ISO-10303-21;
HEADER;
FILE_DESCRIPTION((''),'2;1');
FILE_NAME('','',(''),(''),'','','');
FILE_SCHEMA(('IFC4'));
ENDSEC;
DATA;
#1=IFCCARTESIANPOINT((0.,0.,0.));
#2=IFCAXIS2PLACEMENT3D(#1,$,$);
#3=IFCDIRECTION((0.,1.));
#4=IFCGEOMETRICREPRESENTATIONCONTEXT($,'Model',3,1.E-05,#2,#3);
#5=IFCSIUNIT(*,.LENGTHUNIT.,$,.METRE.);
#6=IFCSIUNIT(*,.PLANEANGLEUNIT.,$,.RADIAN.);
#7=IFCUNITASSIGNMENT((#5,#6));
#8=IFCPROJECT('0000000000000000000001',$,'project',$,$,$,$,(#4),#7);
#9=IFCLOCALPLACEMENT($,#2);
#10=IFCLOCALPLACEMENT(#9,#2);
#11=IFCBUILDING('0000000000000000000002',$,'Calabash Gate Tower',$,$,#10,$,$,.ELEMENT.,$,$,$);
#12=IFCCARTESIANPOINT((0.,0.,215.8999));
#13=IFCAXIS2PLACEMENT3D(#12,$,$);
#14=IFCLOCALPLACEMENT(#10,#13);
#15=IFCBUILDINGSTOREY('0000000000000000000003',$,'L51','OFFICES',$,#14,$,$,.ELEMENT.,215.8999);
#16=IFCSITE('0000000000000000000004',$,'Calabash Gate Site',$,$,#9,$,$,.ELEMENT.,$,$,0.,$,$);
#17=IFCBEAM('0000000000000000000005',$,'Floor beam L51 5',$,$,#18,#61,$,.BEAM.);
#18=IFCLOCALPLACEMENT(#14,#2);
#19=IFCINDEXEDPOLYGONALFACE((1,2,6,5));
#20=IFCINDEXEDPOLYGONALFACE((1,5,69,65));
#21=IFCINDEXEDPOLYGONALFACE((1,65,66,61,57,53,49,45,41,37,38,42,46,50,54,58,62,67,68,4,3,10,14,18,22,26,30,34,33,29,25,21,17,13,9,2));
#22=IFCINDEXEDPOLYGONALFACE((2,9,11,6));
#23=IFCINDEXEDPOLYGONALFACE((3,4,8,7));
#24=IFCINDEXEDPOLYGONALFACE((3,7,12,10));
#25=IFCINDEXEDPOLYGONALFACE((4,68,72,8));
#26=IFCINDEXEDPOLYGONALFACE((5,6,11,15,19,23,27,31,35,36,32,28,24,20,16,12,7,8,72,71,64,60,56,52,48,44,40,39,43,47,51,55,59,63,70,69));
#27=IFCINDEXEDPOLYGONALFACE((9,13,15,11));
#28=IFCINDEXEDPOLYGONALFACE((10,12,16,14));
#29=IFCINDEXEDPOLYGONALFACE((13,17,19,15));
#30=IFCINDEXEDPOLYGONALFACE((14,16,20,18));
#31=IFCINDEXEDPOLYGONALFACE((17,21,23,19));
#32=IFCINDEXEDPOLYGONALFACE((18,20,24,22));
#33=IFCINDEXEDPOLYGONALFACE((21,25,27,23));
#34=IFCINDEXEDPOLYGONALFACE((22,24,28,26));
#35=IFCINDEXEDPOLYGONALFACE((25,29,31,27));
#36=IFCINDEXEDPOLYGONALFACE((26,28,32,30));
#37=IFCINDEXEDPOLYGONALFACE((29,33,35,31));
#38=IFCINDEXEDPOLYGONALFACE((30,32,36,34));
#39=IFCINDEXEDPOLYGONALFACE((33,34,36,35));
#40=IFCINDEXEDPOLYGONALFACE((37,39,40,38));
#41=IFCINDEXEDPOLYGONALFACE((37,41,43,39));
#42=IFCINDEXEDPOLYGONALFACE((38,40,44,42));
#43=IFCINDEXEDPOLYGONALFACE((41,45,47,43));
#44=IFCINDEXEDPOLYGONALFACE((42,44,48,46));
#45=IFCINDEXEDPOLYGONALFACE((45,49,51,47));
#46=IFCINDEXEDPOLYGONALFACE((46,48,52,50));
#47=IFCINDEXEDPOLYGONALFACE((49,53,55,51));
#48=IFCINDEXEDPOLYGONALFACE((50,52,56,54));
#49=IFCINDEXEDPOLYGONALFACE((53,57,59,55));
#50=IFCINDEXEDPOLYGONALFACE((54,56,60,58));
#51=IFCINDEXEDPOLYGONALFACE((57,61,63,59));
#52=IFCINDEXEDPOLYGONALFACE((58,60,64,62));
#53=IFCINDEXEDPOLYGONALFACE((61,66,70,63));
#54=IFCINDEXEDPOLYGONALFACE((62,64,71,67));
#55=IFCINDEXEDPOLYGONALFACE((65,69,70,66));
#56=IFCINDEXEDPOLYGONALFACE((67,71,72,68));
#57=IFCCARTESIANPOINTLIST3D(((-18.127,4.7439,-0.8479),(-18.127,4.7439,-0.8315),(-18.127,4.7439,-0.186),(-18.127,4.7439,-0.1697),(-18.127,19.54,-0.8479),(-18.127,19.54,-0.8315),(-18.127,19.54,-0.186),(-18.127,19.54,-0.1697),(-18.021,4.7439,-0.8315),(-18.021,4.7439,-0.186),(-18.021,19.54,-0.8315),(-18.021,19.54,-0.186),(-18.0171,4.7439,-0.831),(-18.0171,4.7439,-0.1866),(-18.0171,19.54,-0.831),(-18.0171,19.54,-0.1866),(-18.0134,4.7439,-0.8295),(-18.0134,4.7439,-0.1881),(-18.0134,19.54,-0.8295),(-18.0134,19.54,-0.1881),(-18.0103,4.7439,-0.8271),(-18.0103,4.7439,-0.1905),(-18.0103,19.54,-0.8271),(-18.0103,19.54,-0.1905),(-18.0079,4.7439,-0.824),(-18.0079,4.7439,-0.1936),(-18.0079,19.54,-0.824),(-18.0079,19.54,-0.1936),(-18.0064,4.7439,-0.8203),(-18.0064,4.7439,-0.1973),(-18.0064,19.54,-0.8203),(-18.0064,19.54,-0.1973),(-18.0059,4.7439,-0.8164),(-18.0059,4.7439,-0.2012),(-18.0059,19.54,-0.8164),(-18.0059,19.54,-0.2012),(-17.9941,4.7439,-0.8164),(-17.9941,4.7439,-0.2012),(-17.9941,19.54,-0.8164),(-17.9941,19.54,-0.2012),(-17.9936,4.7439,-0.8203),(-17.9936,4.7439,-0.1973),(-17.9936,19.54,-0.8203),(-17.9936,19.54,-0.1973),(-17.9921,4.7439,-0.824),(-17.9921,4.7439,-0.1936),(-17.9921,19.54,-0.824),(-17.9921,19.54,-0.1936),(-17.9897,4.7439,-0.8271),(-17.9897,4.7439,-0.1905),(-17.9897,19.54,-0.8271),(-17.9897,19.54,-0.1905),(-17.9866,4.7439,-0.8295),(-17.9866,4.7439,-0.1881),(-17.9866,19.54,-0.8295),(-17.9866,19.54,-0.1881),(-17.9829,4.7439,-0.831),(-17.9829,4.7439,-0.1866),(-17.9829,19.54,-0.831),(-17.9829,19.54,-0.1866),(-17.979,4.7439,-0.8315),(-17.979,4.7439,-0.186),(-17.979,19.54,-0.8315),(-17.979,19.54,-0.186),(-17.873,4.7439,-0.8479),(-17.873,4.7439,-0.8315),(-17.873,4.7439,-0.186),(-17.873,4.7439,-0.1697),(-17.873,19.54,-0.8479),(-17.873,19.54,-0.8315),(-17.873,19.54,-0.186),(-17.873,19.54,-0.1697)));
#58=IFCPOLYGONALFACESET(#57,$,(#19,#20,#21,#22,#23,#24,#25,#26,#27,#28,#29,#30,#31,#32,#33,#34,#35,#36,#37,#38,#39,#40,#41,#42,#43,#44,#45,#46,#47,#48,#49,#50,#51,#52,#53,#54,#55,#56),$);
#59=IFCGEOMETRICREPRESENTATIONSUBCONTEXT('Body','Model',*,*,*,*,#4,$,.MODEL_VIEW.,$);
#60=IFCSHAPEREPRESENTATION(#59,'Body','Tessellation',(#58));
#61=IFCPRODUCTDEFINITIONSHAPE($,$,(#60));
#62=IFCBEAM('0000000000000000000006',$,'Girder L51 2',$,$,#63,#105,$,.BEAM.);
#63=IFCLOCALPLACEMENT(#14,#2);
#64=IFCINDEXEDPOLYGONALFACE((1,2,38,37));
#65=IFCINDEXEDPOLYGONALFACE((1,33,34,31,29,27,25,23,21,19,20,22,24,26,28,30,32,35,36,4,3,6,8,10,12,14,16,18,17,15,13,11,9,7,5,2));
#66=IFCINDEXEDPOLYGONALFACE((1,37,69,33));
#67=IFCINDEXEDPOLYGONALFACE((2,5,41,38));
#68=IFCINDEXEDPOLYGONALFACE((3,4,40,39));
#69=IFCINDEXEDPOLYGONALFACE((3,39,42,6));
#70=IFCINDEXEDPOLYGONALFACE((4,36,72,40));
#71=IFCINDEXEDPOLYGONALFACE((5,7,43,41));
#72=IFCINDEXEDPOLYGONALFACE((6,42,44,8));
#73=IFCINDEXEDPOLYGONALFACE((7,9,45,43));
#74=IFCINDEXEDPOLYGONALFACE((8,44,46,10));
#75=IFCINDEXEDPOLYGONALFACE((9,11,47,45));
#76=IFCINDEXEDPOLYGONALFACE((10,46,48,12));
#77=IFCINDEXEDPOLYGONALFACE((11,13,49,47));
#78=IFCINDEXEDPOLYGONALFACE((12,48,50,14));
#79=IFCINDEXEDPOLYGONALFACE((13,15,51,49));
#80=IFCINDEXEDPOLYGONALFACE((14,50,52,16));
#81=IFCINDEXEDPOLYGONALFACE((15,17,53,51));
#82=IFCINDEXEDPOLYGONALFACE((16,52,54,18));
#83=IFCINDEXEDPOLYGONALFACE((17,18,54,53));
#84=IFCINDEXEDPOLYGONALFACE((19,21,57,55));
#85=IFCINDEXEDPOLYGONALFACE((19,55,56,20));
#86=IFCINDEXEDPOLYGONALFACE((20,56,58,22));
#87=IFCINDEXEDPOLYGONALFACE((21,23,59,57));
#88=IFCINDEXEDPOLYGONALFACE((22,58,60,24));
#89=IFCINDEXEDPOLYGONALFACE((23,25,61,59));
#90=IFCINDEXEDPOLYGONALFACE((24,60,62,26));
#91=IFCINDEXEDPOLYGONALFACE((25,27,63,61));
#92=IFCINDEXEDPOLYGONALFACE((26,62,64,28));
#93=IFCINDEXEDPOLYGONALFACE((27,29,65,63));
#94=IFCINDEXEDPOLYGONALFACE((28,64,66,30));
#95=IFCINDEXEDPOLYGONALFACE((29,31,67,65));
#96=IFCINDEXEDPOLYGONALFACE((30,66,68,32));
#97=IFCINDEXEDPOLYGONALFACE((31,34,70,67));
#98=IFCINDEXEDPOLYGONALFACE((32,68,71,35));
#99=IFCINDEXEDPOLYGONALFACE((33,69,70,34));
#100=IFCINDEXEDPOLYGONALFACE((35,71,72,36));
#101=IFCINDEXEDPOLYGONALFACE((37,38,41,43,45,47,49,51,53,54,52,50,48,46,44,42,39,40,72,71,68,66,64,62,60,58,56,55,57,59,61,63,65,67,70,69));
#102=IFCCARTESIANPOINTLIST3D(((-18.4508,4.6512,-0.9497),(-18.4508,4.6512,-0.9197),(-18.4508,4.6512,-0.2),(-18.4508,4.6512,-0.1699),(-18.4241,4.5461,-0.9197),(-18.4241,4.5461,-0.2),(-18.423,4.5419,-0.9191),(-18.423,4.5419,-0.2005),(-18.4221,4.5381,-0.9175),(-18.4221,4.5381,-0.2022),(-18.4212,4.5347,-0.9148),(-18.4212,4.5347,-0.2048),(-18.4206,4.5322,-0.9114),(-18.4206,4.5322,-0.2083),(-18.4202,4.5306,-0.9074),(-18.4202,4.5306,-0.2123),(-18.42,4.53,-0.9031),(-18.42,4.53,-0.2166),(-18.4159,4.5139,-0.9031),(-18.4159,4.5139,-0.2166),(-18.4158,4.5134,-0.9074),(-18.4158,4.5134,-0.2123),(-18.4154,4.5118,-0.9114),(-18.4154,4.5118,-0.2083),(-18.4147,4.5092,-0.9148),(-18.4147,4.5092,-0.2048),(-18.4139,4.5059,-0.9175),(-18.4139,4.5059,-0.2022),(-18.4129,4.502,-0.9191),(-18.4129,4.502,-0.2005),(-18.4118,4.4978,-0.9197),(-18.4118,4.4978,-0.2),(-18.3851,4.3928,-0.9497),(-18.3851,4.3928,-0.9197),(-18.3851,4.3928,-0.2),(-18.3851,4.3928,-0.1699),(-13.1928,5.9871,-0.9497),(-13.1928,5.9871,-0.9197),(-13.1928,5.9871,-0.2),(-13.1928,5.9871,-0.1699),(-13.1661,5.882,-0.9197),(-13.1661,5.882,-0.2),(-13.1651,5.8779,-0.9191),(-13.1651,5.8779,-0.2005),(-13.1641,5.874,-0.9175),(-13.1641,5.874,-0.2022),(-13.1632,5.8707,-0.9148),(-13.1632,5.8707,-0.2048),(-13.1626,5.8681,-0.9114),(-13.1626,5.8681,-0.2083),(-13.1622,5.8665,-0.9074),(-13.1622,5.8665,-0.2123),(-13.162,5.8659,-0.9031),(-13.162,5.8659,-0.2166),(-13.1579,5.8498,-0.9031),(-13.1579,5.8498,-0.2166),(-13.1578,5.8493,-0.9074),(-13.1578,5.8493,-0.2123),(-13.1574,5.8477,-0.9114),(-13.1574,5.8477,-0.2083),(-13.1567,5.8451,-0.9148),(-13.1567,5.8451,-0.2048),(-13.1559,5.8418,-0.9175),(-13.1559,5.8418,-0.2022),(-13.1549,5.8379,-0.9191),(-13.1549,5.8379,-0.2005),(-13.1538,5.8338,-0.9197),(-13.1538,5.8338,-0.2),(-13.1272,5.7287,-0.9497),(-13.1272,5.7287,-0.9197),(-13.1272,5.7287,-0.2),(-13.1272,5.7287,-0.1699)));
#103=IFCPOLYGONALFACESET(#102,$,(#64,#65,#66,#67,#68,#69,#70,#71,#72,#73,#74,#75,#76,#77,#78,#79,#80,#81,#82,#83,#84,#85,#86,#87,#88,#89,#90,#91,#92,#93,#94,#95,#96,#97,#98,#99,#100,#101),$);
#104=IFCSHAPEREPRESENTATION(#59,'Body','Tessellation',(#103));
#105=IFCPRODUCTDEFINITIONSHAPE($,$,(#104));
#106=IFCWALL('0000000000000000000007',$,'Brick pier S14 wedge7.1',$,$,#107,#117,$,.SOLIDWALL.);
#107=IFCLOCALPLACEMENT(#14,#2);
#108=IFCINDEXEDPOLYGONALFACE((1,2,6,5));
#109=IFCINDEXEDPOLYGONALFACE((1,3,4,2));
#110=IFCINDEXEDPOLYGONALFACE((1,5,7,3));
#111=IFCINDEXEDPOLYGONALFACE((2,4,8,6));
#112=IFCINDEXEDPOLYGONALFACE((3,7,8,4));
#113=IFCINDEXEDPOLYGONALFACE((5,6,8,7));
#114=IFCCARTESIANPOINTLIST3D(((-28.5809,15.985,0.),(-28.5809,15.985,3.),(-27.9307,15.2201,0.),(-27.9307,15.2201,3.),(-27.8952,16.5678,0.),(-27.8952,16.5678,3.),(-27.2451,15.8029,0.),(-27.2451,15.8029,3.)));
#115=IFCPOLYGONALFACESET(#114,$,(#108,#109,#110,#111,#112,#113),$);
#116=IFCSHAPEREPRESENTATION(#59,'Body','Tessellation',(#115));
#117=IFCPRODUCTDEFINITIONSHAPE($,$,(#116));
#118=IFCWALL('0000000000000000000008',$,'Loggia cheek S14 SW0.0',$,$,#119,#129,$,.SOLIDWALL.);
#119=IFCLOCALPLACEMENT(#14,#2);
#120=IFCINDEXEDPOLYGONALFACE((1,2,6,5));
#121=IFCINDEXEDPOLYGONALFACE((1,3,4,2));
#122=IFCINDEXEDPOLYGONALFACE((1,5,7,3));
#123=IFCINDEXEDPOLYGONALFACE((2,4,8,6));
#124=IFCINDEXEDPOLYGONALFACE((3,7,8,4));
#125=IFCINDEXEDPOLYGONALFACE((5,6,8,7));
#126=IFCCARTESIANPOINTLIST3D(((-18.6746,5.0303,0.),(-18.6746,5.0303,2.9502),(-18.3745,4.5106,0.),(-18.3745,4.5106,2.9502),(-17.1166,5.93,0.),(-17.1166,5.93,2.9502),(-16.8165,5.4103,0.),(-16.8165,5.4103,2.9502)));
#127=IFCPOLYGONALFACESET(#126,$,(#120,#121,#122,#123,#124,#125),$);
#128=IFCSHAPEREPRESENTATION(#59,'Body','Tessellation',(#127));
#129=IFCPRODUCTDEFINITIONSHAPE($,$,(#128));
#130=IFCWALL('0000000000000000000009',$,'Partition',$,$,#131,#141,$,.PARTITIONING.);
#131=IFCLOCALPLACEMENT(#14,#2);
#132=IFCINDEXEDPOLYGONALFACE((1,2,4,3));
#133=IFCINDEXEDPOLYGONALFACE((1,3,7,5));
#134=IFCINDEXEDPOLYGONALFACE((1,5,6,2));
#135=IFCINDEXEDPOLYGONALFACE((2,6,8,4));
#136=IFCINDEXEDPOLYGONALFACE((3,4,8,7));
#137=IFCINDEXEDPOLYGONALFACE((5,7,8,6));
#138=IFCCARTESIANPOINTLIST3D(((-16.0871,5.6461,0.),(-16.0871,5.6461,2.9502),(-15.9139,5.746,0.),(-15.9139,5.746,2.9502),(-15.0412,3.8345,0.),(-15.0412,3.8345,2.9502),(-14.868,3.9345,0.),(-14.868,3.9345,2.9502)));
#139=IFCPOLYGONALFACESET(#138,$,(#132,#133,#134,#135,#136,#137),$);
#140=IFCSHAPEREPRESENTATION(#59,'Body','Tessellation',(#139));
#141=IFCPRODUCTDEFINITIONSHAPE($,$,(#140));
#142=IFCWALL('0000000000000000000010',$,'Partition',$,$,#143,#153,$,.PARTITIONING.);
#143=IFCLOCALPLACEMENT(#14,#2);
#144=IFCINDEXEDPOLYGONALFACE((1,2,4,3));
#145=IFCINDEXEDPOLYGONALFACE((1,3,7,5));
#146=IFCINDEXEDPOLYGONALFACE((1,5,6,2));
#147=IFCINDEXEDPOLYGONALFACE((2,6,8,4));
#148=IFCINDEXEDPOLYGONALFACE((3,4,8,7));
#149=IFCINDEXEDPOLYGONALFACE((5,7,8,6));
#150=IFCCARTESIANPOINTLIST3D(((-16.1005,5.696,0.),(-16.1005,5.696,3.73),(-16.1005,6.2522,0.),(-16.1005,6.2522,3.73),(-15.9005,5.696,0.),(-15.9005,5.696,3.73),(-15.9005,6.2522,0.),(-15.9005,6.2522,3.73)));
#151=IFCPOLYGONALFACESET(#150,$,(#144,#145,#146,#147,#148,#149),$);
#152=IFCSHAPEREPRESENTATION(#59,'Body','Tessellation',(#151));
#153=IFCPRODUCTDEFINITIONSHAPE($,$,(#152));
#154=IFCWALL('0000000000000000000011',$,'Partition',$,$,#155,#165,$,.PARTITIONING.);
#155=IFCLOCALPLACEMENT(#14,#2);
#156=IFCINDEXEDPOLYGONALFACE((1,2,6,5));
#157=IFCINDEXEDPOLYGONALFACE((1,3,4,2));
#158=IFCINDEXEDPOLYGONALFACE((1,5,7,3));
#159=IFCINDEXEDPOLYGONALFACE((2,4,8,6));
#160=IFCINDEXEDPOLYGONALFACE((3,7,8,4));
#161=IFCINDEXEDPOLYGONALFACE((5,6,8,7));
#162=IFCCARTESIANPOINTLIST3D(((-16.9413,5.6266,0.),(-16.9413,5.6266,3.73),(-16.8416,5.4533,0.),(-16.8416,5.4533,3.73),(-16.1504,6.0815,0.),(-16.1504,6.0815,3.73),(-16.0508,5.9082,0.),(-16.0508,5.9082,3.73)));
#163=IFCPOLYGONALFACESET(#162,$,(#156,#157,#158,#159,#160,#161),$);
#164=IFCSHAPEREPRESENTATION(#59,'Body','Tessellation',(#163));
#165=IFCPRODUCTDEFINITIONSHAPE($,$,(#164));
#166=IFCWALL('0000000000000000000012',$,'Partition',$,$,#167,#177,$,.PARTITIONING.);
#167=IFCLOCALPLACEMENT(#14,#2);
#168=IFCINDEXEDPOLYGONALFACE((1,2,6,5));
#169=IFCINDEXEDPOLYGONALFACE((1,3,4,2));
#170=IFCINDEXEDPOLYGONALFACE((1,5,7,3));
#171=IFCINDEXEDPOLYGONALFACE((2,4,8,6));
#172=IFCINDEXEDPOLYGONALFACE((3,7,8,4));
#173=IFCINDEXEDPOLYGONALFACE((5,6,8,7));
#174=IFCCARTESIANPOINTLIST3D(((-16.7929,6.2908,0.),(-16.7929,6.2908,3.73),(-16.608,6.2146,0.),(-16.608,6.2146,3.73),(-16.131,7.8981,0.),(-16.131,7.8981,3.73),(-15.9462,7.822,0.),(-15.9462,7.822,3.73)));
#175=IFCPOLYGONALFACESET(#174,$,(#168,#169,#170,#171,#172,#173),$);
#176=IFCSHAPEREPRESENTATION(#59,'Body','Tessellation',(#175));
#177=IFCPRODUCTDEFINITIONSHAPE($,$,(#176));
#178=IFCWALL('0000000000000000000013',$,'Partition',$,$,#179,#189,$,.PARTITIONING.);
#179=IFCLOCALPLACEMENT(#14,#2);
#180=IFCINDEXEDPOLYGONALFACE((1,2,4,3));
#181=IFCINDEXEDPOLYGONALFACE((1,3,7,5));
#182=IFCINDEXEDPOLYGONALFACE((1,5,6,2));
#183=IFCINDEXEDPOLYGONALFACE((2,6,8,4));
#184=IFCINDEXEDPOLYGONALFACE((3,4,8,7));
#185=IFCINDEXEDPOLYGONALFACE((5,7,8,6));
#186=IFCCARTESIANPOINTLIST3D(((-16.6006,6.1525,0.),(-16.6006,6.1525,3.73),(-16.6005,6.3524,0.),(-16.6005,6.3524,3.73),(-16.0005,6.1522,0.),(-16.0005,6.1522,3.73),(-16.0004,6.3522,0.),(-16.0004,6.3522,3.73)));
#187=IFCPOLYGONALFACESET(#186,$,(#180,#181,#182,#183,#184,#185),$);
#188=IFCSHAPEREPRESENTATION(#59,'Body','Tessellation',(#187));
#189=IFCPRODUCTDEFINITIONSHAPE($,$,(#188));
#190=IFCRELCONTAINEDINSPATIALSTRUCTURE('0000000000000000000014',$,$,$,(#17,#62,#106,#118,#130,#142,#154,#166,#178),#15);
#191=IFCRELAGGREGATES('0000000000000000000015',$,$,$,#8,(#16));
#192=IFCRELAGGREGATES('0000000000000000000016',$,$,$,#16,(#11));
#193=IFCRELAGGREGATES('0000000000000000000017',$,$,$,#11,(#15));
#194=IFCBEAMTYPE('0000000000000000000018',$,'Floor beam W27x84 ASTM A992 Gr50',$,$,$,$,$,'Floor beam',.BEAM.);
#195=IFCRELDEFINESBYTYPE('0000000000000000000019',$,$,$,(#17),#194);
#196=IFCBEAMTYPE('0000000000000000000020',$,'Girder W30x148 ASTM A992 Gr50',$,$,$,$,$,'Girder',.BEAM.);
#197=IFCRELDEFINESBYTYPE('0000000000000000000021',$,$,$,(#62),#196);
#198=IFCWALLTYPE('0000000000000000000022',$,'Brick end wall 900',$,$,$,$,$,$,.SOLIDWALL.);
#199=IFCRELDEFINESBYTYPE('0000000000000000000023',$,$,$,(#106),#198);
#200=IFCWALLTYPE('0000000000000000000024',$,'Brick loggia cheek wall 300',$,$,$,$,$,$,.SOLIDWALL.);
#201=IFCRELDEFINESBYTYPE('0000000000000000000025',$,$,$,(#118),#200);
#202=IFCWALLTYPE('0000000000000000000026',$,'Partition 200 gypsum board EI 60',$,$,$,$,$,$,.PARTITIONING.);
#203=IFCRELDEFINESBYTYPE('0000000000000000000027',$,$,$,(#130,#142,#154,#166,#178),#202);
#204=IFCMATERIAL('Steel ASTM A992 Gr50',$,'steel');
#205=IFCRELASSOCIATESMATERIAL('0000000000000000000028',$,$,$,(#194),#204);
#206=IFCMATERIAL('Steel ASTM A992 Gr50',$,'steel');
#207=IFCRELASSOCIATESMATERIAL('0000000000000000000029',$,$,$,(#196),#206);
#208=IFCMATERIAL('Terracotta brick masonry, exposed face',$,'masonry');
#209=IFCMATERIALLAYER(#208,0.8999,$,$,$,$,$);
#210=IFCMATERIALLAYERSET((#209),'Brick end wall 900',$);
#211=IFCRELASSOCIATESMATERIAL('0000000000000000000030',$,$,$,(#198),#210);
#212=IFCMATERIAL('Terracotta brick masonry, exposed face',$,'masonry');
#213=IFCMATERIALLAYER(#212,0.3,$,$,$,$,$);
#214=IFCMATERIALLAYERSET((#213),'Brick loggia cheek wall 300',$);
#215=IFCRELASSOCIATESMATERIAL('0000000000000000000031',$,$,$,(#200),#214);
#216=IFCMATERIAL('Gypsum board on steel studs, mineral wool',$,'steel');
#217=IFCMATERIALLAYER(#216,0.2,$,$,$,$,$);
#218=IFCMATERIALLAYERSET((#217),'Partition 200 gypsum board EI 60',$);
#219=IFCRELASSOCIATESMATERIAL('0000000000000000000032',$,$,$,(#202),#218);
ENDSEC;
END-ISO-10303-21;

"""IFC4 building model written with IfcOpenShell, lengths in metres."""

from ifc_helpers import new_model, si_unit, direction, frame, frame_2d, origin, origin_2d, place, context, subcontext, project, spatial, rectangle, i_section, extrude, material, layer, layer_set, material_profile, profile_set, type_object, element, save


model = new_model("IFC4")

# Units and contexts
model_context = context("Model", 3, precision=1e-05, world=origin(), true_north=direction((0.0, 1.0)))
body_context = subcontext(model_context, "Body", "Model", "MODEL_VIEW")
ifc_project = project(units=[si_unit("LENGTHUNIT", "METRE"), si_unit("PLANEANGLEUNIT", "RADIAN")], contexts=[model_context])

# Site, building, storey
site_placement = place(None, origin())
site = spatial("IfcSite", under=ifc_project, at=site_placement, Name="Calabash Gate Site", CompositionType="ELEMENT", RefElevation=0.0)
building_placement = place(site_placement, origin())
building = spatial("IfcBuilding", under=site, at=building_placement, Name="Calabash Gate Tower", CompositionType="ELEMENT")
storey_placement = place(building_placement, frame((0.0, 0.0, 215.8999)))
storey = spatial("IfcBuildingStorey", under=building, at=storey_placement, Name="L51", Description="OFFICES", CompositionType="ELEMENT", Elevation=215.8999)

# Beams
ifc_material_1 = material(Name="Steel ASTM A992 Gr50", Category="steel")
ifc_material_profile_1 = material_profile(ifc_material_1, i_section(OverallWidth=0.2539, OverallDepth=0.6782, WebThickness=0.0117, FlangeThickness=0.0164, FilletRadius=0.0151, at=origin_2d()))
ifc_profile_set_1 = profile_set([ifc_material_profile_1], Name="Steel ASTM A992 Gr50")
beam_type_1 = type_object("IfcBeamType", Name="Floor beam W27x84 ASTM A992 Gr50", ElementType="Floor beam", PredefinedType="BEAM", material=ifc_profile_set_1)
beam_1_placement = place(storey_placement, frame((-18.0, 4.7439, -0.5088), z_axis=(0.0, 1.0, 0.0), x_axis=(-1.0, 0.0, 0.0)))
element("IfcBeam", 1, at=beam_1_placement, inside=storey, type_object=beam_type_1, Name="Floor beam L51 5", PredefinedType="BEAM", context=body_context, shape_type="SweptSolid", body=[
    extrude(i_section(OverallWidth=0.2539, OverallDepth=0.6782, WebThickness=0.0117, FlangeThickness=0.0164, FilletRadius=0.0151, at=origin_2d()), origin(), (0.0, 0.0, 1.0), 14.7961),
])
ifc_material_2 = material(Name="Steel ASTM A992 Gr50", Category="steel")
ifc_material_profile_2 = material_profile(ifc_material_2, i_section(OverallWidth=0.2666, OverallDepth=0.7798, WebThickness=0.0166, FlangeThickness=0.03, FilletRadius=0.0166, at=origin_2d()))
ifc_profile_set_2 = profile_set([ifc_material_profile_2], Name="Steel ASTM A992 Gr50")
beam_type_2 = type_object("IfcBeamType", Name="Girder W30x148 ASTM A992 Gr50", ElementType="Girder", PredefinedType="BEAM", material=ifc_profile_set_2)
beam_2_placement = place(storey_placement, frame((-18.418, 4.522, -0.5598), z_axis=(0.969206, 0.24625, 0.0), x_axis=(-0.24625, 0.969206, 0.0)))
element("IfcBeam", 2, at=beam_2_placement, inside=storey, type_object=beam_type_2, Name="Girder L51 2", PredefinedType="BEAM", context=body_context, shape_type="SweptSolid", body=[
    extrude(i_section(OverallWidth=0.2666, OverallDepth=0.7798, WebThickness=0.0166, FlangeThickness=0.03, FilletRadius=0.0166, at=origin_2d()), origin(), (0.0, 0.0, 1.0), 5.425),
])

# Walls
ifc_material_3 = material(Name="Terracotta brick masonry, exposed face", Category="masonry")
ifc_layer_1 = layer(ifc_material_3, 0.8999)
ifc_layer_set_1 = layer_set([ifc_layer_1], Name="Brick end wall 900")
wall_type_1 = type_object("IfcWallType", Name="Brick end wall 900", PredefinedType="SOLIDWALL", material=ifc_layer_set_1)
wall_1_placement = place(storey_placement, frame((-27.5879, 15.5115, 0.0), z_axis=(0.0, 0.0, 1.0), x_axis=(-0.647641, 0.761945, 0.0)))
element("IfcWall", 3, at=wall_1_placement, inside=storey, type_object=wall_type_1, Name="Brick pier S14 wedge7.1", PredefinedType="SOLIDWALL", context=body_context, shape_type="SweptSolid", body=[
    extrude(rectangle(XDim=1.0039, YDim=0.8999, at=frame_2d((0.502, 0.0))), origin(), (0.0, 0.0, 1.0), 3.0),
])
ifc_material_4 = material(Name="Terracotta brick masonry, exposed face", Category="masonry")
ifc_layer_2 = layer(ifc_material_4, 0.3)
ifc_layer_set_2 = layer_set([ifc_layer_2], Name="Brick loggia cheek wall 300")
wall_type_2 = type_object("IfcWallType", Name="Brick loggia cheek wall 300", PredefinedType="SOLIDWALL", material=ifc_layer_set_2)
wall_2_placement = place(storey_placement, frame((-18.5244, 4.7705, 0.0), z_axis=(0.0, 0.0, 1.0), x_axis=(0.865971, 0.500094, 0.0)))
element("IfcWall", 4, at=wall_2_placement, inside=storey, type_object=wall_type_2, Name="Loggia cheek S14 SW0.0", PredefinedType="SOLIDWALL", context=body_context, shape_type="SweptSolid", body=[
    extrude(rectangle(XDim=1.7991, YDim=0.6001, at=frame_2d((0.8994, 0.0))), origin(), (0.0, 0.0, 1.0), 2.9502),
])
ifc_material_5 = material(Name="Gypsum board on steel studs, mineral wool", Category="steel")
ifc_layer_3 = layer(ifc_material_5, 0.2)
ifc_layer_set_3 = layer_set([ifc_layer_3], Name="Partition 200 gypsum board EI 60")
wall_type_3 = type_object("IfcWallType", Name="Partition 200 gypsum board EI 60", PredefinedType="PARTITIONING", material=ifc_layer_set_3)
wall_3_placement = place(storey_placement, frame((-16.0005, 5.696, 0.0), z_axis=(0.0, 0.0, 1.0), x_axis=(0.500005, -0.866022, 0.0)))
element("IfcWall", 5, at=wall_3_placement, inside=storey, type_object=wall_type_3, Name="Partition", PredefinedType="PARTITIONING", context=body_context, shape_type="SweptSolid", body=[
    extrude(rectangle(XDim=2.0918, YDim=0.2, at=frame_2d((1.0459, 0.0))), origin(), (0.0, 0.0, 1.0), 2.9502),
])
wall_4_placement = place(storey_placement, frame((-16.0005, 6.2522, 0.0), z_axis=(0.0, 0.0, 1.0), x_axis=(0.0, -1.0, 0.0)))
element("IfcWall", 6, at=wall_4_placement, inside=storey, type_object=wall_type_3, Name="Partition", PredefinedType="PARTITIONING", context=body_context, shape_type="SweptSolid", body=[
    extrude(rectangle(XDim=0.5562, YDim=0.2, at=frame_2d((0.2781, 0.0))), origin(), (0.0, 0.0, 1.0), 3.73),
])
wall_5_placement = place(storey_placement, frame((-16.8914, 5.54, 0.0), z_axis=(0.0, 0.0, 1.0), x_axis=(0.86684, 0.498587, 0.0)))
element("IfcWall", 7, at=wall_5_placement, inside=storey, type_object=wall_type_3, Name="Partition", PredefinedType="PARTITIONING", context=body_context, shape_type="SweptSolid", body=[
    extrude(rectangle(XDim=0.9124, YDim=0.2, at=frame_2d((0.4561, 0.0))), origin(), (0.0, 0.0, 1.0), 3.73),
])
wall_6_placement = place(storey_placement, frame((-16.7004, 6.2527, 0.0), z_axis=(0.0, 0.0, 1.0), x_axis=(0.380743, 0.924681, 0.0)))
element("IfcWall", 8, at=wall_6_placement, inside=storey, type_object=wall_type_3, Name="Partition", PredefinedType="PARTITIONING", context=body_context, shape_type="SweptSolid", body=[
    extrude(rectangle(XDim=1.7383, YDim=0.2, at=frame_2d((0.8691, 0.0))), origin(), (0.0, 0.0, 1.0), 3.73),
])
wall_7_placement = place(storey_placement, frame((-16.6006, 6.2524, 0.0), z_axis=(0.0, 0.0, 1.0), x_axis=(1.0, -0.000407, 0.0)))
element("IfcWall", 9, at=wall_7_placement, inside=storey, type_object=wall_type_3, Name="Partition", PredefinedType="PARTITIONING", context=body_context, shape_type="SweptSolid", body=[
    extrude(rectangle(XDim=0.6001, YDim=0.2, at=frame_2d((0.3, 0.0))), origin(), (0.0, 0.0, 1.0), 3.73),
])

save(model, "model.ifc")
